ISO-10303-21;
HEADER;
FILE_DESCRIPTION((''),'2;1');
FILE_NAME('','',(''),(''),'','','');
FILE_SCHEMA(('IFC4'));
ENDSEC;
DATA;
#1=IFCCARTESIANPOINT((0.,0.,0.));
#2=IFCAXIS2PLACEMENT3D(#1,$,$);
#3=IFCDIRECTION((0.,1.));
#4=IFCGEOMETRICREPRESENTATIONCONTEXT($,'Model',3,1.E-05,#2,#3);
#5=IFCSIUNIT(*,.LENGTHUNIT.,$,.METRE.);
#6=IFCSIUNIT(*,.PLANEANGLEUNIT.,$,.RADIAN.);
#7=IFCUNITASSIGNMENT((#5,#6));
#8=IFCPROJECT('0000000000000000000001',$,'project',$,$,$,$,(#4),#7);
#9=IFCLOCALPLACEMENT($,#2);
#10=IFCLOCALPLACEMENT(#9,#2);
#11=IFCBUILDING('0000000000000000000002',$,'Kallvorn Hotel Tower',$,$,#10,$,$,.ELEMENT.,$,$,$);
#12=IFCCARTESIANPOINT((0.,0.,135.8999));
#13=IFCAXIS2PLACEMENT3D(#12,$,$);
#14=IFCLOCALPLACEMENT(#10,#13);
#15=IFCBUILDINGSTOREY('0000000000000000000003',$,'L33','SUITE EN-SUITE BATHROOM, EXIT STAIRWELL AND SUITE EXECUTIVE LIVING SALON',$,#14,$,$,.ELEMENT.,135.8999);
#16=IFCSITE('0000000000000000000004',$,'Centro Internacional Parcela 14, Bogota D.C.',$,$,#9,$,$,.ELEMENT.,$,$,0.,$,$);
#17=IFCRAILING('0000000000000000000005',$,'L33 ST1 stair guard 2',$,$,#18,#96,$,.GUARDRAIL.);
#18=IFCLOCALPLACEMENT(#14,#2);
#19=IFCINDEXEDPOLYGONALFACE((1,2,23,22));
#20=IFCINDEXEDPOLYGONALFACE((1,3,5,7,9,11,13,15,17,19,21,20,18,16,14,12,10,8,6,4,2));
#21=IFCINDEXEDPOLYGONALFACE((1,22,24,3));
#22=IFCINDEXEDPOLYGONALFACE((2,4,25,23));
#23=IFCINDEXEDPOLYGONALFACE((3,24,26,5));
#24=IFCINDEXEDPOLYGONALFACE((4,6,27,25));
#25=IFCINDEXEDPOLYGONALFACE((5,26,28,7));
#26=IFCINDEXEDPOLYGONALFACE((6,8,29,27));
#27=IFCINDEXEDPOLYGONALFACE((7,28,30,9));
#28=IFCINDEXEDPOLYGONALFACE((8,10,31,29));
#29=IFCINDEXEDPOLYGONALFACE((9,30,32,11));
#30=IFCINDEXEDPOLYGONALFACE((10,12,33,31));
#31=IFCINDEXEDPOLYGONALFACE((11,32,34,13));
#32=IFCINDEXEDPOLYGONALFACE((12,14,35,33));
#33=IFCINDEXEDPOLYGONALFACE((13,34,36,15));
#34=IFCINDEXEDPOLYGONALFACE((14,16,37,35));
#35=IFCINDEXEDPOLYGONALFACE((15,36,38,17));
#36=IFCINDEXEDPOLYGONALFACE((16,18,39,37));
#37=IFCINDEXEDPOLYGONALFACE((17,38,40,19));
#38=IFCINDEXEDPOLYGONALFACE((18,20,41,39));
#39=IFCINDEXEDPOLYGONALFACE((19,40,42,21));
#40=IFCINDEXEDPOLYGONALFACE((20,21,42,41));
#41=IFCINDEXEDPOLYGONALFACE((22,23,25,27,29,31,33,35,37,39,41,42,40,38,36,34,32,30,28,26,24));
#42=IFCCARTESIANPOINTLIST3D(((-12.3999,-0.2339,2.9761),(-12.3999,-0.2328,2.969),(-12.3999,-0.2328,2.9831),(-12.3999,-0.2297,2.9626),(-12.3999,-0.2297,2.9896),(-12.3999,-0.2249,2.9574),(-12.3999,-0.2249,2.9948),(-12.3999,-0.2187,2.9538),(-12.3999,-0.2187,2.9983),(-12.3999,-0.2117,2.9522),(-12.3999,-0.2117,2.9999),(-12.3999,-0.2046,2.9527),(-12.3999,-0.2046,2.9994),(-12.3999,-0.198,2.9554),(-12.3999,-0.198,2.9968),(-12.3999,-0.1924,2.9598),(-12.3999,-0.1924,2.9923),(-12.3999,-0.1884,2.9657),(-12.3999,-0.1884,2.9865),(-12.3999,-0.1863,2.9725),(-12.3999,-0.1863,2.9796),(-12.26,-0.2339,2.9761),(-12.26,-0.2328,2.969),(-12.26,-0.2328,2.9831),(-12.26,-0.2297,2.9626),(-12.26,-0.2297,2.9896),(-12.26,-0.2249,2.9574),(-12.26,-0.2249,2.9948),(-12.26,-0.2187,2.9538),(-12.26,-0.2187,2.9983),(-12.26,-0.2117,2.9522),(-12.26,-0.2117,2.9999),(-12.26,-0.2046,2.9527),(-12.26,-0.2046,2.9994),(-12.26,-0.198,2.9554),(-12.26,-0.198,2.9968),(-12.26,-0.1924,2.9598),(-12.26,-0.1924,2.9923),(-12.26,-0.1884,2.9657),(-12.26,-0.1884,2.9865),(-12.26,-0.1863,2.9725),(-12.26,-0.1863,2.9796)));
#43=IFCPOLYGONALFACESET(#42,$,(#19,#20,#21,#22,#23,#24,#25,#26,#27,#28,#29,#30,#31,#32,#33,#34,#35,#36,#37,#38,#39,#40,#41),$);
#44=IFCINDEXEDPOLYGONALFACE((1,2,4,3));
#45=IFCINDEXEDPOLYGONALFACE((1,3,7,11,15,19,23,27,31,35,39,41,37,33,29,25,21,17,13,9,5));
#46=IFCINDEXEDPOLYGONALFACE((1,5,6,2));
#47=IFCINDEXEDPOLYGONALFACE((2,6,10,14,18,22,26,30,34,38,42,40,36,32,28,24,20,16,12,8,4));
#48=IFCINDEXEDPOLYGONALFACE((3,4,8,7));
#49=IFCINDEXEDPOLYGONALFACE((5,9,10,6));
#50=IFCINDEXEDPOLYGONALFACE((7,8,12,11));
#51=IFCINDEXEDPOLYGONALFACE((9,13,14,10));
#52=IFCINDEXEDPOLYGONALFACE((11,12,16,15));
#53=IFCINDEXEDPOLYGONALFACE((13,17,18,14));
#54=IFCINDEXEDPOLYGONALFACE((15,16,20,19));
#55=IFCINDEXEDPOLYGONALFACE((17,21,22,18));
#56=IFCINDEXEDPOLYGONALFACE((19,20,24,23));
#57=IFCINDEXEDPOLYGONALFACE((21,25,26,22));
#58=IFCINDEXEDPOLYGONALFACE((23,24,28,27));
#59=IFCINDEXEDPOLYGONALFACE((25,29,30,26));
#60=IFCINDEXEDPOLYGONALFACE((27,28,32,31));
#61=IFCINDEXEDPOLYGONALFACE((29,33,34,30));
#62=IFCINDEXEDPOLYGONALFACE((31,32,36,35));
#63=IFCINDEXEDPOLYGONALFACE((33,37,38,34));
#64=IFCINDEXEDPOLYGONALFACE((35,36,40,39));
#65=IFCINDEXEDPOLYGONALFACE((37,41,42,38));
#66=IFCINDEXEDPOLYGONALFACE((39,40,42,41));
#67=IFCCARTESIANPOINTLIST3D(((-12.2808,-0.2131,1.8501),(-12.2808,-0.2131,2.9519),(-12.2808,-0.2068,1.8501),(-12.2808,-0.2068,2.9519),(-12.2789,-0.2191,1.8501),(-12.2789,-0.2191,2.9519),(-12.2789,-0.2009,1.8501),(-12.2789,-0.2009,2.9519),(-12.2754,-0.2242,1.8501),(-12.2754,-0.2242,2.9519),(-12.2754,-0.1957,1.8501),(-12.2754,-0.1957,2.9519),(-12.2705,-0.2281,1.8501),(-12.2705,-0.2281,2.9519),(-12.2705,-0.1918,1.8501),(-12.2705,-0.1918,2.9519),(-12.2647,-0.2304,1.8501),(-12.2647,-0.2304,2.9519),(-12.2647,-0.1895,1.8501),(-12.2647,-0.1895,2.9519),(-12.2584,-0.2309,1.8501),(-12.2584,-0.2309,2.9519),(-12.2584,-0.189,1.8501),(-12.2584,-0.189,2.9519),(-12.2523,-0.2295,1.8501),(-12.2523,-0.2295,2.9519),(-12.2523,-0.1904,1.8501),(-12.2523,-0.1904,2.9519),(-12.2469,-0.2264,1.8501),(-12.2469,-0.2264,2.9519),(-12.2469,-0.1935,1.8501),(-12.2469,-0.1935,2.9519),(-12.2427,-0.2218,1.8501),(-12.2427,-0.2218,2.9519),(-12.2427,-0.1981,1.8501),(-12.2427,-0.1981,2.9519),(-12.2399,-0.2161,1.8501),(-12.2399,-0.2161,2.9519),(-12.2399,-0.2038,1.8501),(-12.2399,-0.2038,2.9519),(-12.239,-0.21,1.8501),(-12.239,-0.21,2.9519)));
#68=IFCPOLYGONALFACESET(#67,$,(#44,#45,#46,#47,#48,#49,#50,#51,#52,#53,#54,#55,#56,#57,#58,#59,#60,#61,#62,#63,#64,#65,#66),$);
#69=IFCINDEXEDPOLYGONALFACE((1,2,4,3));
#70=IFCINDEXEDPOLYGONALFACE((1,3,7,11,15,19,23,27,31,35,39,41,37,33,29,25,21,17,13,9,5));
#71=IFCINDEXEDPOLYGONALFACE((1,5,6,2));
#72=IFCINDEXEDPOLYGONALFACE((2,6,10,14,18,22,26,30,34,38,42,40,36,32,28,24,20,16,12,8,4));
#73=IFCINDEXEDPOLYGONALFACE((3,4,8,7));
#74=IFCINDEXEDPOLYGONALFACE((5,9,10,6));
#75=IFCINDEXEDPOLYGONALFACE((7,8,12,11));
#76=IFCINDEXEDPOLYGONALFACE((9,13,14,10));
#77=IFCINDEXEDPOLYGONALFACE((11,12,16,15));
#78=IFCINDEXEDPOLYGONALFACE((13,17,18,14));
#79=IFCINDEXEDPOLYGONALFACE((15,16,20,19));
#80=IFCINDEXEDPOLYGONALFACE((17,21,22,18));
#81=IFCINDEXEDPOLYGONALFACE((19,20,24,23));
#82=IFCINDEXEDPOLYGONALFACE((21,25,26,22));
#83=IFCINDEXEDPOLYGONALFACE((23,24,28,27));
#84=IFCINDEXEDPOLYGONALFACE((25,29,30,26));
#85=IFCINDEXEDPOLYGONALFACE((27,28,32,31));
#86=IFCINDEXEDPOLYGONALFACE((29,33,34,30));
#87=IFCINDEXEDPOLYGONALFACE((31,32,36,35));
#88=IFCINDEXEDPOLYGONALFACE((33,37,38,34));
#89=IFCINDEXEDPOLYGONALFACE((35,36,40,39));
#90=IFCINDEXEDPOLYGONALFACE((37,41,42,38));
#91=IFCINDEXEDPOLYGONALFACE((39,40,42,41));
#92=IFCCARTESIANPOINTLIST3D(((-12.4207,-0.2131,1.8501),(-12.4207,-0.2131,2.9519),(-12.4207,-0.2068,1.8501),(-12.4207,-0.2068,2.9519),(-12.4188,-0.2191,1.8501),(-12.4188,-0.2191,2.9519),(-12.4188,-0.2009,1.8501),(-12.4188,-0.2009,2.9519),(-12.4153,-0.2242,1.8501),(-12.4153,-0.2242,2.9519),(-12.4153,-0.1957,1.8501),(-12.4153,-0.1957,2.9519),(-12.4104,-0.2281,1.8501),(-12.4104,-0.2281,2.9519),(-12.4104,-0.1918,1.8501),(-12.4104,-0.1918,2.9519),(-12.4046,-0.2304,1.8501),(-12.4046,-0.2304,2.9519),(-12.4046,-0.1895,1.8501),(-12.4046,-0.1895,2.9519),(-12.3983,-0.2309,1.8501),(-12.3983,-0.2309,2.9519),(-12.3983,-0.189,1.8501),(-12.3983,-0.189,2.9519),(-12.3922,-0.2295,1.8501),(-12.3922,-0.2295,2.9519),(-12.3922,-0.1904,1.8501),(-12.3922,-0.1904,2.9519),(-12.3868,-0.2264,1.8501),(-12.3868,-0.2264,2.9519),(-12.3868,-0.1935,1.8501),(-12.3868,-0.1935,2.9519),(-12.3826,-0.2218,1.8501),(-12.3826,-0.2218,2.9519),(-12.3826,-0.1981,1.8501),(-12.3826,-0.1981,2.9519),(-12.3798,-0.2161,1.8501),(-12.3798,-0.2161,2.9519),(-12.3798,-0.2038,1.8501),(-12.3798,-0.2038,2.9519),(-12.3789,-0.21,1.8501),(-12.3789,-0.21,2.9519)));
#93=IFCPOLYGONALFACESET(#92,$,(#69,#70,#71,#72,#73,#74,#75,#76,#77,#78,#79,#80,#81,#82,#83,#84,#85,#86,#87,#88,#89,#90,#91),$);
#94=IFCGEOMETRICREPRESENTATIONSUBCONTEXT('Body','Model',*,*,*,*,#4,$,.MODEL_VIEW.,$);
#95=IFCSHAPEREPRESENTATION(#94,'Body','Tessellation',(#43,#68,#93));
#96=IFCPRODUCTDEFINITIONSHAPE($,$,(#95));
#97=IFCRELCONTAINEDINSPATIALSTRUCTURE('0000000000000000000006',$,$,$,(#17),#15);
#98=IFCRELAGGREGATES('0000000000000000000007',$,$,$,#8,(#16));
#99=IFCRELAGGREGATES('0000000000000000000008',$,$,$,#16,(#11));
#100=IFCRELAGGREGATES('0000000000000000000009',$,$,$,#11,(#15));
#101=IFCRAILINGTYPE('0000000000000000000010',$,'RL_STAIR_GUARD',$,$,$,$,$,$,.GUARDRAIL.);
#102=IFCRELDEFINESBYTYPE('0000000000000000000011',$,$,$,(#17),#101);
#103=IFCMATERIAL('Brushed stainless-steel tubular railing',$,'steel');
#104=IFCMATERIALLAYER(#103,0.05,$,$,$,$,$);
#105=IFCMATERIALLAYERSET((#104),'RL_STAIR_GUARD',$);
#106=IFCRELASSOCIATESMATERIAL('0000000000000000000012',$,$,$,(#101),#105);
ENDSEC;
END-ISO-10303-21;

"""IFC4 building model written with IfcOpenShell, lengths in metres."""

from ifc_helpers import new_model, si_unit, direction, frame, origin, origin_2d, place, context, subcontext, project, spatial, circle, extrude, material, layer, layer_set, type_object, element, save


model = new_model("IFC4")

# Units and contexts
model_context = context("Model", 3, precision=1e-05, world=origin(), true_north=direction((0.0, 1.0)))
body_context = subcontext(model_context, "Body", "Model", "MODEL_VIEW")
ifc_project = project(units=[si_unit("LENGTHUNIT", "METRE"), si_unit("PLANEANGLEUNIT", "RADIAN")], contexts=[model_context])

# Site, building, storey
site_placement = place(None, origin())
site = spatial("IfcSite", under=ifc_project, at=site_placement, Name="Centro Internacional Parcela 14, Bogota D.C.", CompositionType="ELEMENT", RefElevation=0.0)
building_placement = place(site_placement, origin())
building = spatial("IfcBuilding", under=site, at=building_placement, Name="Kallvorn Hotel Tower", CompositionType="ELEMENT")
storey_placement = place(building_placement, frame((0.0, 0.0, 135.8999)))
storey = spatial("IfcBuildingStorey", under=building, at=storey_placement, Name="L33", Description="SUITE EN-SUITE BATHROOM, EXIT STAIRWELL AND SUITE EXECUTIVE LIVING SALON", CompositionType="ELEMENT", Elevation=135.8999)

# Railing
ifc_material_1 = material(Name="Brushed stainless-steel tubular railing", Category="steel")
ifc_layer_1 = layer(ifc_material_1, 0.05)
ifc_layer_set_1 = layer_set([ifc_layer_1], Name="RL_STAIR_GUARD")
railing_type_1 = type_object("IfcRailingType", Name="RL_STAIR_GUARD", PredefinedType="GUARDRAIL", material=ifc_layer_set_1)
railing_1_placement = place(storey_placement, frame((-12.26, -0.21, 1.8501)))
element("IfcRailing", 1, at=railing_1_placement, inside=storey, type_object=railing_type_1, Name="L33 ST1 stair guard 2", PredefinedType="GUARDRAIL", context=body_context, shape_type="SweptSolid", body=[
    extrude(circle(Radius=0.0239, at=origin_2d()), frame((0.0, 0.0, 1.126), z_axis=(-1.0, 0.0, 0.0), x_axis=(0.0, -1.0, 0.0)), (0.0, 0.0, 1.0), 0.1399),
    extrude(circle(Radius=0.021, at=origin_2d()), origin(), (0.0, 0.0, 1.0), 1.1018),
    extrude(circle(Radius=0.021, at=origin_2d()), frame((-0.1399, 0.0, 0.0)), (0.0, 0.0, 1.0), 1.1018),
])

save(model, "model.ifc")
